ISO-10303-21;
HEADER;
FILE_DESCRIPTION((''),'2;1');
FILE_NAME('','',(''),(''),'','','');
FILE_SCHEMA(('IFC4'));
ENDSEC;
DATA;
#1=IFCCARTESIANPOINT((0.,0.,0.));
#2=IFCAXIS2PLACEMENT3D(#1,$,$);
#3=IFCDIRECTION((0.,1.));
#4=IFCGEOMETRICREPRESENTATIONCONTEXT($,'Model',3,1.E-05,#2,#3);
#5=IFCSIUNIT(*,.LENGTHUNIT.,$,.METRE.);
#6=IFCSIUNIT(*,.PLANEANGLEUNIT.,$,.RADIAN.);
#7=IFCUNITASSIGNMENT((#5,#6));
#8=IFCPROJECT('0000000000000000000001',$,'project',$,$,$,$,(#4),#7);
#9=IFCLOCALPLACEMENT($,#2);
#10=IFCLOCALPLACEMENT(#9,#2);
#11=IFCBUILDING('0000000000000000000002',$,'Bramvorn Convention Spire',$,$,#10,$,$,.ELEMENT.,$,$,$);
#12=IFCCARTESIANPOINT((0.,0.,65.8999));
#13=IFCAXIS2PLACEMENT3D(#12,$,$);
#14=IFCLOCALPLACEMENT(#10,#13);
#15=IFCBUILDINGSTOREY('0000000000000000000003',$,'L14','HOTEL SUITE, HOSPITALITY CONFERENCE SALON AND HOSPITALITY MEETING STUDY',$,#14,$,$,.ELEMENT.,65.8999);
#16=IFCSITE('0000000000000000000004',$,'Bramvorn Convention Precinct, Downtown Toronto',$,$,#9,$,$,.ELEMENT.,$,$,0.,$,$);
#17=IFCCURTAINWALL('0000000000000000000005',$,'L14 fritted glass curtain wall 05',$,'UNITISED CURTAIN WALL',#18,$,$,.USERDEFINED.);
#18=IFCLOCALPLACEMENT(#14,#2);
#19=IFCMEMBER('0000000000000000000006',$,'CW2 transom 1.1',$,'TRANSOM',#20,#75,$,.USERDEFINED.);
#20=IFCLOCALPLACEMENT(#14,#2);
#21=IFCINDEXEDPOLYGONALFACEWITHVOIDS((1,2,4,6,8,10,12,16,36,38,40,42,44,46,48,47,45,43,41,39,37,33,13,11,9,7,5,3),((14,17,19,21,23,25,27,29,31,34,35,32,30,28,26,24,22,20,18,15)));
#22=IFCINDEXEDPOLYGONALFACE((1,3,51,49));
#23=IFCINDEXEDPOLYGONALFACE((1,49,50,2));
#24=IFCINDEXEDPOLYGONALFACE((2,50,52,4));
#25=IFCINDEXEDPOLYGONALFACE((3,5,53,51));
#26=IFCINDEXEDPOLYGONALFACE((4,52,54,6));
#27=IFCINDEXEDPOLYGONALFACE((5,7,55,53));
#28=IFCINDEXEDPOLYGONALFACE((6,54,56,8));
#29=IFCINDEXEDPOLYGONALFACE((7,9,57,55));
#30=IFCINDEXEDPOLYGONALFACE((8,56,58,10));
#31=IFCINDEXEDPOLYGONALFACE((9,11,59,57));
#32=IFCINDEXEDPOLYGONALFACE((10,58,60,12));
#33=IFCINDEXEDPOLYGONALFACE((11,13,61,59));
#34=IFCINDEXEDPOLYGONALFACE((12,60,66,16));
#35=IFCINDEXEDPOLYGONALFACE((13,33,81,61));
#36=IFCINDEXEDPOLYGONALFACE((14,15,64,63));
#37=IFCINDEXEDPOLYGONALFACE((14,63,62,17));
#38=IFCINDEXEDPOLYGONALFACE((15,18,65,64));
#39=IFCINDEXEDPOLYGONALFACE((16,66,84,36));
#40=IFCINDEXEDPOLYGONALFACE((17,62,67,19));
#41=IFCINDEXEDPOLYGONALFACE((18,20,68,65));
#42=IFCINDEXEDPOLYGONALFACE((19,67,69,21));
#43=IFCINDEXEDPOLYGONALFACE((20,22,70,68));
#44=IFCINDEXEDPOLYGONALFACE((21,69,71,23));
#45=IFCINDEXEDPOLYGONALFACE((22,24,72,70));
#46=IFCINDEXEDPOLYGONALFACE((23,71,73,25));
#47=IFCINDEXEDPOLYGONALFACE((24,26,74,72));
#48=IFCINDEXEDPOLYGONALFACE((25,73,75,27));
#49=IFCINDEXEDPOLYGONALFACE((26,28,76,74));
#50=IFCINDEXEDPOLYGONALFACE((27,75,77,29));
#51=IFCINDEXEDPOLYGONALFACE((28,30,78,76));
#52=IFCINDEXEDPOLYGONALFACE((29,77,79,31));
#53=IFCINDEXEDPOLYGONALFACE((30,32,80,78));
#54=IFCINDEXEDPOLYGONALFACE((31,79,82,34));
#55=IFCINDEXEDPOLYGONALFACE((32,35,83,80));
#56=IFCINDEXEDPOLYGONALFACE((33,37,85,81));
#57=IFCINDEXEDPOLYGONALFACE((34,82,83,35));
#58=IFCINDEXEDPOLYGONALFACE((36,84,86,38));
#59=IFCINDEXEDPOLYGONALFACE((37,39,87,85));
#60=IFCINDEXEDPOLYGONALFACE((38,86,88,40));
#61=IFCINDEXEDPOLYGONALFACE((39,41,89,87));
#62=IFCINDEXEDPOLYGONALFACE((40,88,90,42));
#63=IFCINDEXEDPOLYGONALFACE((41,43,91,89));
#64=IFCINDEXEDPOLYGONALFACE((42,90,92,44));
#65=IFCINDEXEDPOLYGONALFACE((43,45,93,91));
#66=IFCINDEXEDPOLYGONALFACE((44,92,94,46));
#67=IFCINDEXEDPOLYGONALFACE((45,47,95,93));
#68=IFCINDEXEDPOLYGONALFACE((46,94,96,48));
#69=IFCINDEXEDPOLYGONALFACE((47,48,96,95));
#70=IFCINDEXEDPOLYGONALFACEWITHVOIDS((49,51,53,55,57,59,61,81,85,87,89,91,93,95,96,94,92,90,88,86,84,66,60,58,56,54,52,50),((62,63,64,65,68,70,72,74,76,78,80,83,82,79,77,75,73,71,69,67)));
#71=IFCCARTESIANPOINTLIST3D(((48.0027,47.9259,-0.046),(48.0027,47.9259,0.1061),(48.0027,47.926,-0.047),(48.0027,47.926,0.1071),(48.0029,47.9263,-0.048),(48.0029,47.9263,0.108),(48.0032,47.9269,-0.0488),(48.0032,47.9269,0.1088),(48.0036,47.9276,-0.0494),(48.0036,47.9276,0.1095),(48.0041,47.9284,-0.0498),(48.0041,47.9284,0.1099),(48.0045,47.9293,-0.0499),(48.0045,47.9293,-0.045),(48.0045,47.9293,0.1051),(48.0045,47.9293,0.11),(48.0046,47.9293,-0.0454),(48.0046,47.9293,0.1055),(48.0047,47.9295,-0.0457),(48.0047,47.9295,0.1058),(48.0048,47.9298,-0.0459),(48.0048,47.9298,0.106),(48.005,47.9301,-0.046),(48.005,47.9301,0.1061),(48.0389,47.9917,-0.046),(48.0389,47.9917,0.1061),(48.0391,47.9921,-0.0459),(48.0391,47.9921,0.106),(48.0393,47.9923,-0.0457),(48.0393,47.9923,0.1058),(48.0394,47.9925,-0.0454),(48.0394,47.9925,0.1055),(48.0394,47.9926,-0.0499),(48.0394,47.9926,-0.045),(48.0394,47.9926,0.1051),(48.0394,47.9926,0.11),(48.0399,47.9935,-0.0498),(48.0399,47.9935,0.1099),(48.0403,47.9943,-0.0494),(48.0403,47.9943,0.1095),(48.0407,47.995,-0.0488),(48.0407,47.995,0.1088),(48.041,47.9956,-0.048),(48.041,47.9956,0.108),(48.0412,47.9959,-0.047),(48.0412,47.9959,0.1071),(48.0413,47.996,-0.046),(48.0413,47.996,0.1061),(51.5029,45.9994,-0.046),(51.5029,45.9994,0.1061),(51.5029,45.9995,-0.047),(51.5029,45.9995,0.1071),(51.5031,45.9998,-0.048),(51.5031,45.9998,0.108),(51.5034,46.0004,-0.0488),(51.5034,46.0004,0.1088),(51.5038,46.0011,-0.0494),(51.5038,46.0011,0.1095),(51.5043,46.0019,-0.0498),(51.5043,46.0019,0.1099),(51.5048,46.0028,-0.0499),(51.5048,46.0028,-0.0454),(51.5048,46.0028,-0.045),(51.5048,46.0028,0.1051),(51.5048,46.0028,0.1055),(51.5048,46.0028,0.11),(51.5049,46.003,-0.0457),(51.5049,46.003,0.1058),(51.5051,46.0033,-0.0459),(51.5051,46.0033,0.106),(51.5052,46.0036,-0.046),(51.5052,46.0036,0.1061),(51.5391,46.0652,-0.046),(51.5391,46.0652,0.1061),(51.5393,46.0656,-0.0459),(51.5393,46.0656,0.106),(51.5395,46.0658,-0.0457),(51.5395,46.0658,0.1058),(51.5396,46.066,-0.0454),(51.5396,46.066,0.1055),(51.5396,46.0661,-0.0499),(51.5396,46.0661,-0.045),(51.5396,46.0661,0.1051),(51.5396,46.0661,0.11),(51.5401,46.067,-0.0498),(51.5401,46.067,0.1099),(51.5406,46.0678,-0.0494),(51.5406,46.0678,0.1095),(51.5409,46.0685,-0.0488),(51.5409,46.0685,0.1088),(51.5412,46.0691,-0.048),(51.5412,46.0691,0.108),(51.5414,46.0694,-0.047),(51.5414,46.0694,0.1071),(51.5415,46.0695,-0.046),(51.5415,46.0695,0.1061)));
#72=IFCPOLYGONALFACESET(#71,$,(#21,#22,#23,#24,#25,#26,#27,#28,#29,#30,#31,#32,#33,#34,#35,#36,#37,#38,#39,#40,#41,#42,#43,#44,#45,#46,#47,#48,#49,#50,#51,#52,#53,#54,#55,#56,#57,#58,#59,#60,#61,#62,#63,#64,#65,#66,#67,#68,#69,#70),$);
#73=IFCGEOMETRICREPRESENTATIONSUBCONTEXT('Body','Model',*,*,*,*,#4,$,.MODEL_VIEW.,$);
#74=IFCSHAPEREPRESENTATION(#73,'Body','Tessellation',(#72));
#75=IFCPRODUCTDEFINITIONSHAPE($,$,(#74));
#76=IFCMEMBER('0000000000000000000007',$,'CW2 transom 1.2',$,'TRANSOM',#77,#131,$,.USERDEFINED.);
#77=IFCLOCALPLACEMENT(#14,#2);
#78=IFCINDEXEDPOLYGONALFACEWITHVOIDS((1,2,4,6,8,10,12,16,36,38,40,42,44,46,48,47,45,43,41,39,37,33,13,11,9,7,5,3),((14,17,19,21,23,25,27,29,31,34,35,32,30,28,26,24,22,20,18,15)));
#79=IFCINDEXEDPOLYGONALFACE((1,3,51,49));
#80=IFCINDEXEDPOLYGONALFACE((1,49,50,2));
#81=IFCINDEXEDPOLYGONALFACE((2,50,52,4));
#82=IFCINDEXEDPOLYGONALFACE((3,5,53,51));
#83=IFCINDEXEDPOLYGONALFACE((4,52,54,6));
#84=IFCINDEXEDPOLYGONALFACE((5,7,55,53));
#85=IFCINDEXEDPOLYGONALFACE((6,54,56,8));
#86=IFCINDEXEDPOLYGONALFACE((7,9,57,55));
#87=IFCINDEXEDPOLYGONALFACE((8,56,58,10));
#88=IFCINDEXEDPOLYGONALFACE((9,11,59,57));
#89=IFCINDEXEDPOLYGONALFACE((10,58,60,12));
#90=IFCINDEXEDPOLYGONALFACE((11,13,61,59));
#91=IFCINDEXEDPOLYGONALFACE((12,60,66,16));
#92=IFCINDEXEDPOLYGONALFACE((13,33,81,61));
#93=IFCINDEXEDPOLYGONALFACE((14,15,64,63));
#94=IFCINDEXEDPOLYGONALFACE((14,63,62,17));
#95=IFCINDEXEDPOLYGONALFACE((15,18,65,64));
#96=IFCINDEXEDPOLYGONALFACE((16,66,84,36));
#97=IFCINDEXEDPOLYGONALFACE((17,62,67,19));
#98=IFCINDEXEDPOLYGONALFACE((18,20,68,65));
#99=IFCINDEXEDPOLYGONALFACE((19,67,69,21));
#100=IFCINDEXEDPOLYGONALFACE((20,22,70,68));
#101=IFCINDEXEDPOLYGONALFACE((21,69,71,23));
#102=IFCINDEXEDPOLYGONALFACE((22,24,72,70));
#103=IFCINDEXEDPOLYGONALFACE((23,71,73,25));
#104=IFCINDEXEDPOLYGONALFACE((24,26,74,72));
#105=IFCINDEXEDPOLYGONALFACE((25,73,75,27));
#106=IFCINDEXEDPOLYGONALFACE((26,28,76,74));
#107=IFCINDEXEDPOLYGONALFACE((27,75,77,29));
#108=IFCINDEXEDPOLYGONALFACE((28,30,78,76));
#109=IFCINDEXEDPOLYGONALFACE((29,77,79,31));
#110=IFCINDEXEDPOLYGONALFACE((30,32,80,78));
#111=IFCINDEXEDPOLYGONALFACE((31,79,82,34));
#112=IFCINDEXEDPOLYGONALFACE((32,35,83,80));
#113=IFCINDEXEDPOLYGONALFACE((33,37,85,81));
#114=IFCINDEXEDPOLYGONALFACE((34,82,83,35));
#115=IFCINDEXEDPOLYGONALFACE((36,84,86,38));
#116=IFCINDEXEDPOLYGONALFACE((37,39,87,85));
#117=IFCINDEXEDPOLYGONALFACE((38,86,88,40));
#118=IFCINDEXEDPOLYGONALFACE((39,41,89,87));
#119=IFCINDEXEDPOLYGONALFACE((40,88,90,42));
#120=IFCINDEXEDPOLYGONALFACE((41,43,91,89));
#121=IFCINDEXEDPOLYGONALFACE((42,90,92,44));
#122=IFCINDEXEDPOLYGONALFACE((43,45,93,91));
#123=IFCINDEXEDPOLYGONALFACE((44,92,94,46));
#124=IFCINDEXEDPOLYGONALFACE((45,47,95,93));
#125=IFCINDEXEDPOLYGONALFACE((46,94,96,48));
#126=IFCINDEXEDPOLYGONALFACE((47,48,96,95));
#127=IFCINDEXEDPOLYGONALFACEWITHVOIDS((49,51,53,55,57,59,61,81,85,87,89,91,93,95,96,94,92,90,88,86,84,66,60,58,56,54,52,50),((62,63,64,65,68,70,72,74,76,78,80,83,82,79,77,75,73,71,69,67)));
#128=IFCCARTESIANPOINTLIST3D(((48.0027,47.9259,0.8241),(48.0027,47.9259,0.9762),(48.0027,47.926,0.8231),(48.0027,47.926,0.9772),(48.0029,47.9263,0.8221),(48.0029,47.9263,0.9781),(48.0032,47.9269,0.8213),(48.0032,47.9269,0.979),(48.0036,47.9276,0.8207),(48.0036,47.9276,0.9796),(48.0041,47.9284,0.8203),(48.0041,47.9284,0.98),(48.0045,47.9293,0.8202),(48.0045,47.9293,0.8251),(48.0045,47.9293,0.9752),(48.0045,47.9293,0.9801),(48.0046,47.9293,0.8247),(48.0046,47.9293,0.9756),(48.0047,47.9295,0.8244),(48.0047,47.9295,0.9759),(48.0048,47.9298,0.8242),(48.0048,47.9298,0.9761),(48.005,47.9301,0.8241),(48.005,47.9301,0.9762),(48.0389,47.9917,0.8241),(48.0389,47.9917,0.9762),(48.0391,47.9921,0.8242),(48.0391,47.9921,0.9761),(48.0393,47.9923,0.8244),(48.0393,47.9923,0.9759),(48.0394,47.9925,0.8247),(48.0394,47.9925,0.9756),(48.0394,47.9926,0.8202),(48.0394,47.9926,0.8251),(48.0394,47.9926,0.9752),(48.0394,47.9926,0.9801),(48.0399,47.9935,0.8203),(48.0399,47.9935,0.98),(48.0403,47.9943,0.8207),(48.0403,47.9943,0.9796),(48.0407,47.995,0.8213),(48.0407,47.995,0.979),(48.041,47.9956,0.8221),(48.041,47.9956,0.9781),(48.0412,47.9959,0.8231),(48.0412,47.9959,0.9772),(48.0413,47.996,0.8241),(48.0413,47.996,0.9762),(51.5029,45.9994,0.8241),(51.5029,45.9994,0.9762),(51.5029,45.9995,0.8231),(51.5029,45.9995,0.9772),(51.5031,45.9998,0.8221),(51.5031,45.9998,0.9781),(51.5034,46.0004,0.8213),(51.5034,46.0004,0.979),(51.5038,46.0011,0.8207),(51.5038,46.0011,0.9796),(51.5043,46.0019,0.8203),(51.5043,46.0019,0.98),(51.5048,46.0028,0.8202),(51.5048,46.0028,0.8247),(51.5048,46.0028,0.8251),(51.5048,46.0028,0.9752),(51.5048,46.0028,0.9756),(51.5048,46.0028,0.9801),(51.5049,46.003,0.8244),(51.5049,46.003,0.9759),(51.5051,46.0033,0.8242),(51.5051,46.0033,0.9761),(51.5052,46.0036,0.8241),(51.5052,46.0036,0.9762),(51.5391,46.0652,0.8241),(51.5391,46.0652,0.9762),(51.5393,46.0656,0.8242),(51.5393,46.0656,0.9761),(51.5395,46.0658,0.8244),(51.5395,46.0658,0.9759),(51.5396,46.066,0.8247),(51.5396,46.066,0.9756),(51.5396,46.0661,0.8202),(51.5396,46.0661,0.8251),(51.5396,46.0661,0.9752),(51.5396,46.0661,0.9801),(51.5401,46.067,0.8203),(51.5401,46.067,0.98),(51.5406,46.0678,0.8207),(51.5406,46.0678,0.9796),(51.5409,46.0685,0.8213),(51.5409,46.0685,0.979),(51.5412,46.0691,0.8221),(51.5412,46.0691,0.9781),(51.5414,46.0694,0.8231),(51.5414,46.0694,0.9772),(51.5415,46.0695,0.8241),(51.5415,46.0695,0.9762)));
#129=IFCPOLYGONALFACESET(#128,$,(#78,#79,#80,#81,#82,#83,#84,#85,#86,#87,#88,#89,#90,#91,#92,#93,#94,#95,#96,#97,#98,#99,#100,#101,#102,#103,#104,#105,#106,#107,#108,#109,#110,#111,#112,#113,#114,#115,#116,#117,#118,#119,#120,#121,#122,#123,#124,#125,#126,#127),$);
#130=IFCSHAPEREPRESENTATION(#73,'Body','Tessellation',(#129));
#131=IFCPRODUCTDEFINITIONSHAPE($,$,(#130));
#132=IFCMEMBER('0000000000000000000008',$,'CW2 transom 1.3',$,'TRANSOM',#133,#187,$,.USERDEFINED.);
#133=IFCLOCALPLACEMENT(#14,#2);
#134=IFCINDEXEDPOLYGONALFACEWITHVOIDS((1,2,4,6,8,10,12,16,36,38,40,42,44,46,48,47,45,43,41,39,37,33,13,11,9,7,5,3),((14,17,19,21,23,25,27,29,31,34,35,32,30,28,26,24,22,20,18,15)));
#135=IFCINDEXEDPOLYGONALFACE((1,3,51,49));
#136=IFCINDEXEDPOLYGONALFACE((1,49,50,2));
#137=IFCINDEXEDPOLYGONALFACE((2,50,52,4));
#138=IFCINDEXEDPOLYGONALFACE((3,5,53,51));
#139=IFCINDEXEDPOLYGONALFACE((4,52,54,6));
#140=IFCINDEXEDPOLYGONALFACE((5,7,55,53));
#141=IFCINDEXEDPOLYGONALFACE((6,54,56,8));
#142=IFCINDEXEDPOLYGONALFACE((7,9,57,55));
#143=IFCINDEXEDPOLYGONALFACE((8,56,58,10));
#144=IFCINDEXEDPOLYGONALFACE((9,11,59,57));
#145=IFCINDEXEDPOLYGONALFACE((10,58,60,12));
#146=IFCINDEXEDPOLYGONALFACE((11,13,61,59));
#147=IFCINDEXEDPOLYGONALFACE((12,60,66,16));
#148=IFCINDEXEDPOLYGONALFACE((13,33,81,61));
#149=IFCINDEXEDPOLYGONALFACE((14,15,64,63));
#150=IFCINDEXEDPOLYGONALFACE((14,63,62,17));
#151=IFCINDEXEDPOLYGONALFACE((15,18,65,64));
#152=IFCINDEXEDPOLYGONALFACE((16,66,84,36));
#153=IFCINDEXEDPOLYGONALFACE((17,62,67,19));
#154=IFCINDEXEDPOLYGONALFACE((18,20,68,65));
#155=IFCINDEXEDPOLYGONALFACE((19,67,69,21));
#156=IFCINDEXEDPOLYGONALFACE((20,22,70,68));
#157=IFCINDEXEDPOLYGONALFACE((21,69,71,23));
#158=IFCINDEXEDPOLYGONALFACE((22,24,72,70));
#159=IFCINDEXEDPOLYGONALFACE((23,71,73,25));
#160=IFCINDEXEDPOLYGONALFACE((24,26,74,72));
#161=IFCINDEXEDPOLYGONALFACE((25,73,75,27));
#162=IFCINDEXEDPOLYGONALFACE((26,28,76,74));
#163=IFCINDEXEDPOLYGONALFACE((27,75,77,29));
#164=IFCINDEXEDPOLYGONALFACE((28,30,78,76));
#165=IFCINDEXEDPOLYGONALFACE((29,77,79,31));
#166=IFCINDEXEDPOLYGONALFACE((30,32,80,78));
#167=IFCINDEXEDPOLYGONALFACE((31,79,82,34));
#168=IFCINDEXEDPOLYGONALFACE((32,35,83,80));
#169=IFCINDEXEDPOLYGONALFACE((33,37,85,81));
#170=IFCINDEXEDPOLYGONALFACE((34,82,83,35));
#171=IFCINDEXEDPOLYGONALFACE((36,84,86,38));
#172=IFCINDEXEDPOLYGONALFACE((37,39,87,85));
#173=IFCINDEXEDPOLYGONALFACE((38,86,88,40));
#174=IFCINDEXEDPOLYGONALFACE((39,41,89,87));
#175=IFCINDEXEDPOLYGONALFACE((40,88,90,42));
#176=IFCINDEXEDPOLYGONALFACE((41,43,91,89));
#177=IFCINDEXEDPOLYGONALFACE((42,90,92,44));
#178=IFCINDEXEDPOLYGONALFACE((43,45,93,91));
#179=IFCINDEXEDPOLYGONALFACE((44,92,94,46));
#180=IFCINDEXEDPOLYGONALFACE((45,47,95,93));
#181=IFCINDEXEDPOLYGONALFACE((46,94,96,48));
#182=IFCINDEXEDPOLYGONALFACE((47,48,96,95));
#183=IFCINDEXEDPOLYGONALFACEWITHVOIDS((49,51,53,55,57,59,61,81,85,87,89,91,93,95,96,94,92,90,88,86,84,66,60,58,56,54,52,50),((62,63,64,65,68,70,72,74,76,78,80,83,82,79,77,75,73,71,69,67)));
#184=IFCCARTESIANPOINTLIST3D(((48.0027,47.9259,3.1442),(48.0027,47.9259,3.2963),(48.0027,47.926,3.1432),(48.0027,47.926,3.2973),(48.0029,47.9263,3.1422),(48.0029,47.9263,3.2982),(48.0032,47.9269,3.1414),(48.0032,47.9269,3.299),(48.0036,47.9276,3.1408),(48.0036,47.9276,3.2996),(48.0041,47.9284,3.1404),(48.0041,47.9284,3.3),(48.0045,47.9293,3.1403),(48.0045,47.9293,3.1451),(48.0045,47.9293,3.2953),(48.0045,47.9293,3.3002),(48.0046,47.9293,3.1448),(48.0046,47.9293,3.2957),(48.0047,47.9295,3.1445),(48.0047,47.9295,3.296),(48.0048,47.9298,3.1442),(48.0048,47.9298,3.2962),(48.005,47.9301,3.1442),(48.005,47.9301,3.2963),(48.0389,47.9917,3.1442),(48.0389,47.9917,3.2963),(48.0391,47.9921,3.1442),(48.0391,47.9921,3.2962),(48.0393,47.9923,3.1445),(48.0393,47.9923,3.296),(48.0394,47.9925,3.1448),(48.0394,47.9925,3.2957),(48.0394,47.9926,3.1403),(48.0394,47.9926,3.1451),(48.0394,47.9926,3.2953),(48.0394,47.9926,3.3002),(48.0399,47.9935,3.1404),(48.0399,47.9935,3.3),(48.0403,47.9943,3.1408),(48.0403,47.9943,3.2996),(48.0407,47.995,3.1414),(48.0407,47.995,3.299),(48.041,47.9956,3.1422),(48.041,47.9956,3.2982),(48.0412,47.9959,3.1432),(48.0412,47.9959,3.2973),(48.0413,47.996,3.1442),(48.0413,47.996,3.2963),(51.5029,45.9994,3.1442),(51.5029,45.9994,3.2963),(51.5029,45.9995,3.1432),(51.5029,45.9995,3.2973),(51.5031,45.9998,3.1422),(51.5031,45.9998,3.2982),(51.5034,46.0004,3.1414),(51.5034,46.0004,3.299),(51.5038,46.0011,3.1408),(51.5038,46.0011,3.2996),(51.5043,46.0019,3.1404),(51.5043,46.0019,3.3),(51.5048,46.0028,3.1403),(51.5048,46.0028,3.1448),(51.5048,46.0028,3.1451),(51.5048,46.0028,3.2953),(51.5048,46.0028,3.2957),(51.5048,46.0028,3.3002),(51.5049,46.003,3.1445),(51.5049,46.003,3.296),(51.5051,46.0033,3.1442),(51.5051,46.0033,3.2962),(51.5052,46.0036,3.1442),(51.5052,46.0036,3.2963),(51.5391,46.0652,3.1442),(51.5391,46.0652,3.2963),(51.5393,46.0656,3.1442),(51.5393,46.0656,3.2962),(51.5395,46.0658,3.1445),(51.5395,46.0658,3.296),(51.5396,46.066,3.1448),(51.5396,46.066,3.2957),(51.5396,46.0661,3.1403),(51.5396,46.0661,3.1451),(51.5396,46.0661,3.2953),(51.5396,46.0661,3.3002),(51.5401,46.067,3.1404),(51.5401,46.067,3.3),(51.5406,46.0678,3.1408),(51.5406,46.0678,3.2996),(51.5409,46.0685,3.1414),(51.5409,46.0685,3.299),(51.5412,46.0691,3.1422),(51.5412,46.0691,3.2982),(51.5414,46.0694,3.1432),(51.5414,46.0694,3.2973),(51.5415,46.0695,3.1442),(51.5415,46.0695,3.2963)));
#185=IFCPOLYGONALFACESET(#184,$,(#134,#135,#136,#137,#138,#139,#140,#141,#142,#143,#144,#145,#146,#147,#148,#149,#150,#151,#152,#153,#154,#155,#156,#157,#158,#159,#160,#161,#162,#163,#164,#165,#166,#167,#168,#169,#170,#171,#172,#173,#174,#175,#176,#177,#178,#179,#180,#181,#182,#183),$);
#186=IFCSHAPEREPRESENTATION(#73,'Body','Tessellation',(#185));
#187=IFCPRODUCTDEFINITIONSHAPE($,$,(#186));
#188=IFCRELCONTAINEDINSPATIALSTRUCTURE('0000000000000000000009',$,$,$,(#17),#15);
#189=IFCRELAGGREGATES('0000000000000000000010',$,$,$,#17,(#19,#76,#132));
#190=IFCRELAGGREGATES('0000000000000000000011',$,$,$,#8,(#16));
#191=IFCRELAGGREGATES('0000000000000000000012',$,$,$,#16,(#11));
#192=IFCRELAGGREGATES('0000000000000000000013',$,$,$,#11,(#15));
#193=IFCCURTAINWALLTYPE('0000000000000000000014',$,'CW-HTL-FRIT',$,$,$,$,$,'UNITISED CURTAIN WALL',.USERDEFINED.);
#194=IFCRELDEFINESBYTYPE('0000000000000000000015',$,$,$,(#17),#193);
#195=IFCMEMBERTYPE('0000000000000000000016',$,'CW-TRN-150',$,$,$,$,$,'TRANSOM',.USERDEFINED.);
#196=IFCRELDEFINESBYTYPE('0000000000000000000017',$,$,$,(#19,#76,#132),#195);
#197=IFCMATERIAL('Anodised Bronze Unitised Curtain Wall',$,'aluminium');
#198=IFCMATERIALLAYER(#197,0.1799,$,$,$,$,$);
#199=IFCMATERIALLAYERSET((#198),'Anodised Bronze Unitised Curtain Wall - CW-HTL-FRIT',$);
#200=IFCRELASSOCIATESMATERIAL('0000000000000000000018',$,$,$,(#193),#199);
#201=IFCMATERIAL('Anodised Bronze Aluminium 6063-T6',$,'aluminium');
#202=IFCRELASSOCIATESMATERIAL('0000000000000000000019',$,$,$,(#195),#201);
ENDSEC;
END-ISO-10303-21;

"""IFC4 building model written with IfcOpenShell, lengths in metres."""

from ifc_helpers import new_model, si_unit, direction, frame, origin, origin_2d, place, context, subcontext, project, spatial, hollow_rectangle, extrude, material, layer, layer_set, material_profile, profile_set, type_object, element, aggregate, save


model = new_model("IFC4")

# Units and contexts
model_context = context("Model", 3, precision=1e-05, world=origin(), true_north=direction((0.0, 1.0)))
body_context = subcontext(model_context, "Body", "Model", "MODEL_VIEW")
ifc_project = project(units=[si_unit("LENGTHUNIT", "METRE"), si_unit("PLANEANGLEUNIT", "RADIAN")], contexts=[model_context])

# Site, building, storey
site_placement = place(None, origin())
site = spatial("IfcSite", under=ifc_project, at=site_placement, Name="Bramvorn Convention Precinct, Downtown Toronto", CompositionType="ELEMENT", RefElevation=0.0)
building_placement = place(site_placement, origin())
building = spatial("IfcBuilding", under=site, at=building_placement, Name="Bramvorn Convention Spire", CompositionType="ELEMENT")
storey_placement = place(building_placement, frame((0.0, 0.0, 65.8999)))
storey = spatial("IfcBuildingStorey", under=building, at=storey_placement, Name="L14", Description="HOTEL SUITE, HOSPITALITY CONFERENCE SALON AND HOSPITALITY MEETING STUDY", CompositionType="ELEMENT", Elevation=65.8999)

# Curtain wall, members
ifc_material_1 = material(Name="Anodised Bronze Unitised Curtain Wall", Category="aluminium")
ifc_layer_1 = layer(ifc_material_1, 0.1799)
ifc_layer_set_1 = layer_set([ifc_layer_1], Name="Anodised Bronze Unitised Curtain Wall - CW-HTL-FRIT")
curtain_wall_type = type_object("IfcCurtainWallType", Name="CW-HTL-FRIT", ElementType="UNITISED CURTAIN WALL", PredefinedType="USERDEFINED", material=ifc_layer_set_1)
curtain_wall_placement = place(storey_placement, origin())
curtain_wall = element("IfcCurtainWall", 1, at=curtain_wall_placement, inside=storey, type_object=curtain_wall_type, Name="L14 fritted glass curtain wall 05", ObjectType="UNITISED CURTAIN WALL", PredefinedType="USERDEFINED")
ifc_material_2 = material(Name="Anodised Bronze Aluminium 6063-T6", Category="aluminium")
ifc_material_profile_1 = material_profile(ifc_material_2, hollow_rectangle(XDim=0.0801, YDim=0.1599, WallThickness=0.0039, InnerFilletRadius=0.001, OuterFilletRadius=0.0039, at=origin_2d()))
ifc_profile_set_1 = profile_set([ifc_material_profile_1], Name="Anodised Bronze Aluminium 6063-T6 - CWT80X160")
member_type_1 = type_object("IfcMemberType", Name="CW-TRN-150", ElementType="TRANSOM", PredefinedType="USERDEFINED", material=ifc_profile_set_1)
member_1_placement = place(storey_placement, frame((48.022, 47.9609, 0.03), z_axis=(0.87607, -0.482184, 0.0), x_axis=(0.482184, 0.87607, 0.0)))
member_1 = element("IfcMember", 2, at=member_1_placement, type_object=member_type_1, Name="CW2 transom 1.1", ObjectType="TRANSOM", PredefinedType="USERDEFINED", context=body_context, shape_type="SweptSolid", body=[
    extrude(hollow_rectangle(XDim=0.0801, YDim=0.1599, WallThickness=0.0039, InnerFilletRadius=0.001, OuterFilletRadius=0.0039, at=origin_2d()), origin(), (0.0, 0.0, 1.0), 3.9954),
])
member_2_placement = place(storey_placement, frame((48.022, 47.9609, 0.9001), z_axis=(0.87607, -0.482184, 0.0), x_axis=(0.482184, 0.87607, 0.0)))
member_2 = element("IfcMember", 3, at=member_2_placement, type_object=member_type_1, Name="CW2 transom 1.2", ObjectType="TRANSOM", PredefinedType="USERDEFINED", context=body_context, shape_type="SweptSolid", body=[
    extrude(hollow_rectangle(XDim=0.0801, YDim=0.1599, WallThickness=0.0039, InnerFilletRadius=0.001, OuterFilletRadius=0.0039, at=origin_2d()), origin(), (0.0, 0.0, 1.0), 3.9954),
])
member_3_placement = place(storey_placement, frame((48.022, 47.9609, 3.2202), z_axis=(0.87607, -0.482184, 0.0), x_axis=(0.482184, 0.87607, 0.0)))
member_3 = element("IfcMember", 4, at=member_3_placement, type_object=member_type_1, Name="CW2 transom 1.3", ObjectType="TRANSOM", PredefinedType="USERDEFINED", context=body_context, shape_type="SweptSolid", body=[
    extrude(hollow_rectangle(XDim=0.0801, YDim=0.1599, WallThickness=0.0039, InnerFilletRadius=0.001, OuterFilletRadius=0.0039, at=origin_2d()), origin(), (0.0, 0.0, 1.0), 3.9954),
])

aggregate(curtain_wall, [member_1, member_2, member_3])

save(model, "model.ifc")
